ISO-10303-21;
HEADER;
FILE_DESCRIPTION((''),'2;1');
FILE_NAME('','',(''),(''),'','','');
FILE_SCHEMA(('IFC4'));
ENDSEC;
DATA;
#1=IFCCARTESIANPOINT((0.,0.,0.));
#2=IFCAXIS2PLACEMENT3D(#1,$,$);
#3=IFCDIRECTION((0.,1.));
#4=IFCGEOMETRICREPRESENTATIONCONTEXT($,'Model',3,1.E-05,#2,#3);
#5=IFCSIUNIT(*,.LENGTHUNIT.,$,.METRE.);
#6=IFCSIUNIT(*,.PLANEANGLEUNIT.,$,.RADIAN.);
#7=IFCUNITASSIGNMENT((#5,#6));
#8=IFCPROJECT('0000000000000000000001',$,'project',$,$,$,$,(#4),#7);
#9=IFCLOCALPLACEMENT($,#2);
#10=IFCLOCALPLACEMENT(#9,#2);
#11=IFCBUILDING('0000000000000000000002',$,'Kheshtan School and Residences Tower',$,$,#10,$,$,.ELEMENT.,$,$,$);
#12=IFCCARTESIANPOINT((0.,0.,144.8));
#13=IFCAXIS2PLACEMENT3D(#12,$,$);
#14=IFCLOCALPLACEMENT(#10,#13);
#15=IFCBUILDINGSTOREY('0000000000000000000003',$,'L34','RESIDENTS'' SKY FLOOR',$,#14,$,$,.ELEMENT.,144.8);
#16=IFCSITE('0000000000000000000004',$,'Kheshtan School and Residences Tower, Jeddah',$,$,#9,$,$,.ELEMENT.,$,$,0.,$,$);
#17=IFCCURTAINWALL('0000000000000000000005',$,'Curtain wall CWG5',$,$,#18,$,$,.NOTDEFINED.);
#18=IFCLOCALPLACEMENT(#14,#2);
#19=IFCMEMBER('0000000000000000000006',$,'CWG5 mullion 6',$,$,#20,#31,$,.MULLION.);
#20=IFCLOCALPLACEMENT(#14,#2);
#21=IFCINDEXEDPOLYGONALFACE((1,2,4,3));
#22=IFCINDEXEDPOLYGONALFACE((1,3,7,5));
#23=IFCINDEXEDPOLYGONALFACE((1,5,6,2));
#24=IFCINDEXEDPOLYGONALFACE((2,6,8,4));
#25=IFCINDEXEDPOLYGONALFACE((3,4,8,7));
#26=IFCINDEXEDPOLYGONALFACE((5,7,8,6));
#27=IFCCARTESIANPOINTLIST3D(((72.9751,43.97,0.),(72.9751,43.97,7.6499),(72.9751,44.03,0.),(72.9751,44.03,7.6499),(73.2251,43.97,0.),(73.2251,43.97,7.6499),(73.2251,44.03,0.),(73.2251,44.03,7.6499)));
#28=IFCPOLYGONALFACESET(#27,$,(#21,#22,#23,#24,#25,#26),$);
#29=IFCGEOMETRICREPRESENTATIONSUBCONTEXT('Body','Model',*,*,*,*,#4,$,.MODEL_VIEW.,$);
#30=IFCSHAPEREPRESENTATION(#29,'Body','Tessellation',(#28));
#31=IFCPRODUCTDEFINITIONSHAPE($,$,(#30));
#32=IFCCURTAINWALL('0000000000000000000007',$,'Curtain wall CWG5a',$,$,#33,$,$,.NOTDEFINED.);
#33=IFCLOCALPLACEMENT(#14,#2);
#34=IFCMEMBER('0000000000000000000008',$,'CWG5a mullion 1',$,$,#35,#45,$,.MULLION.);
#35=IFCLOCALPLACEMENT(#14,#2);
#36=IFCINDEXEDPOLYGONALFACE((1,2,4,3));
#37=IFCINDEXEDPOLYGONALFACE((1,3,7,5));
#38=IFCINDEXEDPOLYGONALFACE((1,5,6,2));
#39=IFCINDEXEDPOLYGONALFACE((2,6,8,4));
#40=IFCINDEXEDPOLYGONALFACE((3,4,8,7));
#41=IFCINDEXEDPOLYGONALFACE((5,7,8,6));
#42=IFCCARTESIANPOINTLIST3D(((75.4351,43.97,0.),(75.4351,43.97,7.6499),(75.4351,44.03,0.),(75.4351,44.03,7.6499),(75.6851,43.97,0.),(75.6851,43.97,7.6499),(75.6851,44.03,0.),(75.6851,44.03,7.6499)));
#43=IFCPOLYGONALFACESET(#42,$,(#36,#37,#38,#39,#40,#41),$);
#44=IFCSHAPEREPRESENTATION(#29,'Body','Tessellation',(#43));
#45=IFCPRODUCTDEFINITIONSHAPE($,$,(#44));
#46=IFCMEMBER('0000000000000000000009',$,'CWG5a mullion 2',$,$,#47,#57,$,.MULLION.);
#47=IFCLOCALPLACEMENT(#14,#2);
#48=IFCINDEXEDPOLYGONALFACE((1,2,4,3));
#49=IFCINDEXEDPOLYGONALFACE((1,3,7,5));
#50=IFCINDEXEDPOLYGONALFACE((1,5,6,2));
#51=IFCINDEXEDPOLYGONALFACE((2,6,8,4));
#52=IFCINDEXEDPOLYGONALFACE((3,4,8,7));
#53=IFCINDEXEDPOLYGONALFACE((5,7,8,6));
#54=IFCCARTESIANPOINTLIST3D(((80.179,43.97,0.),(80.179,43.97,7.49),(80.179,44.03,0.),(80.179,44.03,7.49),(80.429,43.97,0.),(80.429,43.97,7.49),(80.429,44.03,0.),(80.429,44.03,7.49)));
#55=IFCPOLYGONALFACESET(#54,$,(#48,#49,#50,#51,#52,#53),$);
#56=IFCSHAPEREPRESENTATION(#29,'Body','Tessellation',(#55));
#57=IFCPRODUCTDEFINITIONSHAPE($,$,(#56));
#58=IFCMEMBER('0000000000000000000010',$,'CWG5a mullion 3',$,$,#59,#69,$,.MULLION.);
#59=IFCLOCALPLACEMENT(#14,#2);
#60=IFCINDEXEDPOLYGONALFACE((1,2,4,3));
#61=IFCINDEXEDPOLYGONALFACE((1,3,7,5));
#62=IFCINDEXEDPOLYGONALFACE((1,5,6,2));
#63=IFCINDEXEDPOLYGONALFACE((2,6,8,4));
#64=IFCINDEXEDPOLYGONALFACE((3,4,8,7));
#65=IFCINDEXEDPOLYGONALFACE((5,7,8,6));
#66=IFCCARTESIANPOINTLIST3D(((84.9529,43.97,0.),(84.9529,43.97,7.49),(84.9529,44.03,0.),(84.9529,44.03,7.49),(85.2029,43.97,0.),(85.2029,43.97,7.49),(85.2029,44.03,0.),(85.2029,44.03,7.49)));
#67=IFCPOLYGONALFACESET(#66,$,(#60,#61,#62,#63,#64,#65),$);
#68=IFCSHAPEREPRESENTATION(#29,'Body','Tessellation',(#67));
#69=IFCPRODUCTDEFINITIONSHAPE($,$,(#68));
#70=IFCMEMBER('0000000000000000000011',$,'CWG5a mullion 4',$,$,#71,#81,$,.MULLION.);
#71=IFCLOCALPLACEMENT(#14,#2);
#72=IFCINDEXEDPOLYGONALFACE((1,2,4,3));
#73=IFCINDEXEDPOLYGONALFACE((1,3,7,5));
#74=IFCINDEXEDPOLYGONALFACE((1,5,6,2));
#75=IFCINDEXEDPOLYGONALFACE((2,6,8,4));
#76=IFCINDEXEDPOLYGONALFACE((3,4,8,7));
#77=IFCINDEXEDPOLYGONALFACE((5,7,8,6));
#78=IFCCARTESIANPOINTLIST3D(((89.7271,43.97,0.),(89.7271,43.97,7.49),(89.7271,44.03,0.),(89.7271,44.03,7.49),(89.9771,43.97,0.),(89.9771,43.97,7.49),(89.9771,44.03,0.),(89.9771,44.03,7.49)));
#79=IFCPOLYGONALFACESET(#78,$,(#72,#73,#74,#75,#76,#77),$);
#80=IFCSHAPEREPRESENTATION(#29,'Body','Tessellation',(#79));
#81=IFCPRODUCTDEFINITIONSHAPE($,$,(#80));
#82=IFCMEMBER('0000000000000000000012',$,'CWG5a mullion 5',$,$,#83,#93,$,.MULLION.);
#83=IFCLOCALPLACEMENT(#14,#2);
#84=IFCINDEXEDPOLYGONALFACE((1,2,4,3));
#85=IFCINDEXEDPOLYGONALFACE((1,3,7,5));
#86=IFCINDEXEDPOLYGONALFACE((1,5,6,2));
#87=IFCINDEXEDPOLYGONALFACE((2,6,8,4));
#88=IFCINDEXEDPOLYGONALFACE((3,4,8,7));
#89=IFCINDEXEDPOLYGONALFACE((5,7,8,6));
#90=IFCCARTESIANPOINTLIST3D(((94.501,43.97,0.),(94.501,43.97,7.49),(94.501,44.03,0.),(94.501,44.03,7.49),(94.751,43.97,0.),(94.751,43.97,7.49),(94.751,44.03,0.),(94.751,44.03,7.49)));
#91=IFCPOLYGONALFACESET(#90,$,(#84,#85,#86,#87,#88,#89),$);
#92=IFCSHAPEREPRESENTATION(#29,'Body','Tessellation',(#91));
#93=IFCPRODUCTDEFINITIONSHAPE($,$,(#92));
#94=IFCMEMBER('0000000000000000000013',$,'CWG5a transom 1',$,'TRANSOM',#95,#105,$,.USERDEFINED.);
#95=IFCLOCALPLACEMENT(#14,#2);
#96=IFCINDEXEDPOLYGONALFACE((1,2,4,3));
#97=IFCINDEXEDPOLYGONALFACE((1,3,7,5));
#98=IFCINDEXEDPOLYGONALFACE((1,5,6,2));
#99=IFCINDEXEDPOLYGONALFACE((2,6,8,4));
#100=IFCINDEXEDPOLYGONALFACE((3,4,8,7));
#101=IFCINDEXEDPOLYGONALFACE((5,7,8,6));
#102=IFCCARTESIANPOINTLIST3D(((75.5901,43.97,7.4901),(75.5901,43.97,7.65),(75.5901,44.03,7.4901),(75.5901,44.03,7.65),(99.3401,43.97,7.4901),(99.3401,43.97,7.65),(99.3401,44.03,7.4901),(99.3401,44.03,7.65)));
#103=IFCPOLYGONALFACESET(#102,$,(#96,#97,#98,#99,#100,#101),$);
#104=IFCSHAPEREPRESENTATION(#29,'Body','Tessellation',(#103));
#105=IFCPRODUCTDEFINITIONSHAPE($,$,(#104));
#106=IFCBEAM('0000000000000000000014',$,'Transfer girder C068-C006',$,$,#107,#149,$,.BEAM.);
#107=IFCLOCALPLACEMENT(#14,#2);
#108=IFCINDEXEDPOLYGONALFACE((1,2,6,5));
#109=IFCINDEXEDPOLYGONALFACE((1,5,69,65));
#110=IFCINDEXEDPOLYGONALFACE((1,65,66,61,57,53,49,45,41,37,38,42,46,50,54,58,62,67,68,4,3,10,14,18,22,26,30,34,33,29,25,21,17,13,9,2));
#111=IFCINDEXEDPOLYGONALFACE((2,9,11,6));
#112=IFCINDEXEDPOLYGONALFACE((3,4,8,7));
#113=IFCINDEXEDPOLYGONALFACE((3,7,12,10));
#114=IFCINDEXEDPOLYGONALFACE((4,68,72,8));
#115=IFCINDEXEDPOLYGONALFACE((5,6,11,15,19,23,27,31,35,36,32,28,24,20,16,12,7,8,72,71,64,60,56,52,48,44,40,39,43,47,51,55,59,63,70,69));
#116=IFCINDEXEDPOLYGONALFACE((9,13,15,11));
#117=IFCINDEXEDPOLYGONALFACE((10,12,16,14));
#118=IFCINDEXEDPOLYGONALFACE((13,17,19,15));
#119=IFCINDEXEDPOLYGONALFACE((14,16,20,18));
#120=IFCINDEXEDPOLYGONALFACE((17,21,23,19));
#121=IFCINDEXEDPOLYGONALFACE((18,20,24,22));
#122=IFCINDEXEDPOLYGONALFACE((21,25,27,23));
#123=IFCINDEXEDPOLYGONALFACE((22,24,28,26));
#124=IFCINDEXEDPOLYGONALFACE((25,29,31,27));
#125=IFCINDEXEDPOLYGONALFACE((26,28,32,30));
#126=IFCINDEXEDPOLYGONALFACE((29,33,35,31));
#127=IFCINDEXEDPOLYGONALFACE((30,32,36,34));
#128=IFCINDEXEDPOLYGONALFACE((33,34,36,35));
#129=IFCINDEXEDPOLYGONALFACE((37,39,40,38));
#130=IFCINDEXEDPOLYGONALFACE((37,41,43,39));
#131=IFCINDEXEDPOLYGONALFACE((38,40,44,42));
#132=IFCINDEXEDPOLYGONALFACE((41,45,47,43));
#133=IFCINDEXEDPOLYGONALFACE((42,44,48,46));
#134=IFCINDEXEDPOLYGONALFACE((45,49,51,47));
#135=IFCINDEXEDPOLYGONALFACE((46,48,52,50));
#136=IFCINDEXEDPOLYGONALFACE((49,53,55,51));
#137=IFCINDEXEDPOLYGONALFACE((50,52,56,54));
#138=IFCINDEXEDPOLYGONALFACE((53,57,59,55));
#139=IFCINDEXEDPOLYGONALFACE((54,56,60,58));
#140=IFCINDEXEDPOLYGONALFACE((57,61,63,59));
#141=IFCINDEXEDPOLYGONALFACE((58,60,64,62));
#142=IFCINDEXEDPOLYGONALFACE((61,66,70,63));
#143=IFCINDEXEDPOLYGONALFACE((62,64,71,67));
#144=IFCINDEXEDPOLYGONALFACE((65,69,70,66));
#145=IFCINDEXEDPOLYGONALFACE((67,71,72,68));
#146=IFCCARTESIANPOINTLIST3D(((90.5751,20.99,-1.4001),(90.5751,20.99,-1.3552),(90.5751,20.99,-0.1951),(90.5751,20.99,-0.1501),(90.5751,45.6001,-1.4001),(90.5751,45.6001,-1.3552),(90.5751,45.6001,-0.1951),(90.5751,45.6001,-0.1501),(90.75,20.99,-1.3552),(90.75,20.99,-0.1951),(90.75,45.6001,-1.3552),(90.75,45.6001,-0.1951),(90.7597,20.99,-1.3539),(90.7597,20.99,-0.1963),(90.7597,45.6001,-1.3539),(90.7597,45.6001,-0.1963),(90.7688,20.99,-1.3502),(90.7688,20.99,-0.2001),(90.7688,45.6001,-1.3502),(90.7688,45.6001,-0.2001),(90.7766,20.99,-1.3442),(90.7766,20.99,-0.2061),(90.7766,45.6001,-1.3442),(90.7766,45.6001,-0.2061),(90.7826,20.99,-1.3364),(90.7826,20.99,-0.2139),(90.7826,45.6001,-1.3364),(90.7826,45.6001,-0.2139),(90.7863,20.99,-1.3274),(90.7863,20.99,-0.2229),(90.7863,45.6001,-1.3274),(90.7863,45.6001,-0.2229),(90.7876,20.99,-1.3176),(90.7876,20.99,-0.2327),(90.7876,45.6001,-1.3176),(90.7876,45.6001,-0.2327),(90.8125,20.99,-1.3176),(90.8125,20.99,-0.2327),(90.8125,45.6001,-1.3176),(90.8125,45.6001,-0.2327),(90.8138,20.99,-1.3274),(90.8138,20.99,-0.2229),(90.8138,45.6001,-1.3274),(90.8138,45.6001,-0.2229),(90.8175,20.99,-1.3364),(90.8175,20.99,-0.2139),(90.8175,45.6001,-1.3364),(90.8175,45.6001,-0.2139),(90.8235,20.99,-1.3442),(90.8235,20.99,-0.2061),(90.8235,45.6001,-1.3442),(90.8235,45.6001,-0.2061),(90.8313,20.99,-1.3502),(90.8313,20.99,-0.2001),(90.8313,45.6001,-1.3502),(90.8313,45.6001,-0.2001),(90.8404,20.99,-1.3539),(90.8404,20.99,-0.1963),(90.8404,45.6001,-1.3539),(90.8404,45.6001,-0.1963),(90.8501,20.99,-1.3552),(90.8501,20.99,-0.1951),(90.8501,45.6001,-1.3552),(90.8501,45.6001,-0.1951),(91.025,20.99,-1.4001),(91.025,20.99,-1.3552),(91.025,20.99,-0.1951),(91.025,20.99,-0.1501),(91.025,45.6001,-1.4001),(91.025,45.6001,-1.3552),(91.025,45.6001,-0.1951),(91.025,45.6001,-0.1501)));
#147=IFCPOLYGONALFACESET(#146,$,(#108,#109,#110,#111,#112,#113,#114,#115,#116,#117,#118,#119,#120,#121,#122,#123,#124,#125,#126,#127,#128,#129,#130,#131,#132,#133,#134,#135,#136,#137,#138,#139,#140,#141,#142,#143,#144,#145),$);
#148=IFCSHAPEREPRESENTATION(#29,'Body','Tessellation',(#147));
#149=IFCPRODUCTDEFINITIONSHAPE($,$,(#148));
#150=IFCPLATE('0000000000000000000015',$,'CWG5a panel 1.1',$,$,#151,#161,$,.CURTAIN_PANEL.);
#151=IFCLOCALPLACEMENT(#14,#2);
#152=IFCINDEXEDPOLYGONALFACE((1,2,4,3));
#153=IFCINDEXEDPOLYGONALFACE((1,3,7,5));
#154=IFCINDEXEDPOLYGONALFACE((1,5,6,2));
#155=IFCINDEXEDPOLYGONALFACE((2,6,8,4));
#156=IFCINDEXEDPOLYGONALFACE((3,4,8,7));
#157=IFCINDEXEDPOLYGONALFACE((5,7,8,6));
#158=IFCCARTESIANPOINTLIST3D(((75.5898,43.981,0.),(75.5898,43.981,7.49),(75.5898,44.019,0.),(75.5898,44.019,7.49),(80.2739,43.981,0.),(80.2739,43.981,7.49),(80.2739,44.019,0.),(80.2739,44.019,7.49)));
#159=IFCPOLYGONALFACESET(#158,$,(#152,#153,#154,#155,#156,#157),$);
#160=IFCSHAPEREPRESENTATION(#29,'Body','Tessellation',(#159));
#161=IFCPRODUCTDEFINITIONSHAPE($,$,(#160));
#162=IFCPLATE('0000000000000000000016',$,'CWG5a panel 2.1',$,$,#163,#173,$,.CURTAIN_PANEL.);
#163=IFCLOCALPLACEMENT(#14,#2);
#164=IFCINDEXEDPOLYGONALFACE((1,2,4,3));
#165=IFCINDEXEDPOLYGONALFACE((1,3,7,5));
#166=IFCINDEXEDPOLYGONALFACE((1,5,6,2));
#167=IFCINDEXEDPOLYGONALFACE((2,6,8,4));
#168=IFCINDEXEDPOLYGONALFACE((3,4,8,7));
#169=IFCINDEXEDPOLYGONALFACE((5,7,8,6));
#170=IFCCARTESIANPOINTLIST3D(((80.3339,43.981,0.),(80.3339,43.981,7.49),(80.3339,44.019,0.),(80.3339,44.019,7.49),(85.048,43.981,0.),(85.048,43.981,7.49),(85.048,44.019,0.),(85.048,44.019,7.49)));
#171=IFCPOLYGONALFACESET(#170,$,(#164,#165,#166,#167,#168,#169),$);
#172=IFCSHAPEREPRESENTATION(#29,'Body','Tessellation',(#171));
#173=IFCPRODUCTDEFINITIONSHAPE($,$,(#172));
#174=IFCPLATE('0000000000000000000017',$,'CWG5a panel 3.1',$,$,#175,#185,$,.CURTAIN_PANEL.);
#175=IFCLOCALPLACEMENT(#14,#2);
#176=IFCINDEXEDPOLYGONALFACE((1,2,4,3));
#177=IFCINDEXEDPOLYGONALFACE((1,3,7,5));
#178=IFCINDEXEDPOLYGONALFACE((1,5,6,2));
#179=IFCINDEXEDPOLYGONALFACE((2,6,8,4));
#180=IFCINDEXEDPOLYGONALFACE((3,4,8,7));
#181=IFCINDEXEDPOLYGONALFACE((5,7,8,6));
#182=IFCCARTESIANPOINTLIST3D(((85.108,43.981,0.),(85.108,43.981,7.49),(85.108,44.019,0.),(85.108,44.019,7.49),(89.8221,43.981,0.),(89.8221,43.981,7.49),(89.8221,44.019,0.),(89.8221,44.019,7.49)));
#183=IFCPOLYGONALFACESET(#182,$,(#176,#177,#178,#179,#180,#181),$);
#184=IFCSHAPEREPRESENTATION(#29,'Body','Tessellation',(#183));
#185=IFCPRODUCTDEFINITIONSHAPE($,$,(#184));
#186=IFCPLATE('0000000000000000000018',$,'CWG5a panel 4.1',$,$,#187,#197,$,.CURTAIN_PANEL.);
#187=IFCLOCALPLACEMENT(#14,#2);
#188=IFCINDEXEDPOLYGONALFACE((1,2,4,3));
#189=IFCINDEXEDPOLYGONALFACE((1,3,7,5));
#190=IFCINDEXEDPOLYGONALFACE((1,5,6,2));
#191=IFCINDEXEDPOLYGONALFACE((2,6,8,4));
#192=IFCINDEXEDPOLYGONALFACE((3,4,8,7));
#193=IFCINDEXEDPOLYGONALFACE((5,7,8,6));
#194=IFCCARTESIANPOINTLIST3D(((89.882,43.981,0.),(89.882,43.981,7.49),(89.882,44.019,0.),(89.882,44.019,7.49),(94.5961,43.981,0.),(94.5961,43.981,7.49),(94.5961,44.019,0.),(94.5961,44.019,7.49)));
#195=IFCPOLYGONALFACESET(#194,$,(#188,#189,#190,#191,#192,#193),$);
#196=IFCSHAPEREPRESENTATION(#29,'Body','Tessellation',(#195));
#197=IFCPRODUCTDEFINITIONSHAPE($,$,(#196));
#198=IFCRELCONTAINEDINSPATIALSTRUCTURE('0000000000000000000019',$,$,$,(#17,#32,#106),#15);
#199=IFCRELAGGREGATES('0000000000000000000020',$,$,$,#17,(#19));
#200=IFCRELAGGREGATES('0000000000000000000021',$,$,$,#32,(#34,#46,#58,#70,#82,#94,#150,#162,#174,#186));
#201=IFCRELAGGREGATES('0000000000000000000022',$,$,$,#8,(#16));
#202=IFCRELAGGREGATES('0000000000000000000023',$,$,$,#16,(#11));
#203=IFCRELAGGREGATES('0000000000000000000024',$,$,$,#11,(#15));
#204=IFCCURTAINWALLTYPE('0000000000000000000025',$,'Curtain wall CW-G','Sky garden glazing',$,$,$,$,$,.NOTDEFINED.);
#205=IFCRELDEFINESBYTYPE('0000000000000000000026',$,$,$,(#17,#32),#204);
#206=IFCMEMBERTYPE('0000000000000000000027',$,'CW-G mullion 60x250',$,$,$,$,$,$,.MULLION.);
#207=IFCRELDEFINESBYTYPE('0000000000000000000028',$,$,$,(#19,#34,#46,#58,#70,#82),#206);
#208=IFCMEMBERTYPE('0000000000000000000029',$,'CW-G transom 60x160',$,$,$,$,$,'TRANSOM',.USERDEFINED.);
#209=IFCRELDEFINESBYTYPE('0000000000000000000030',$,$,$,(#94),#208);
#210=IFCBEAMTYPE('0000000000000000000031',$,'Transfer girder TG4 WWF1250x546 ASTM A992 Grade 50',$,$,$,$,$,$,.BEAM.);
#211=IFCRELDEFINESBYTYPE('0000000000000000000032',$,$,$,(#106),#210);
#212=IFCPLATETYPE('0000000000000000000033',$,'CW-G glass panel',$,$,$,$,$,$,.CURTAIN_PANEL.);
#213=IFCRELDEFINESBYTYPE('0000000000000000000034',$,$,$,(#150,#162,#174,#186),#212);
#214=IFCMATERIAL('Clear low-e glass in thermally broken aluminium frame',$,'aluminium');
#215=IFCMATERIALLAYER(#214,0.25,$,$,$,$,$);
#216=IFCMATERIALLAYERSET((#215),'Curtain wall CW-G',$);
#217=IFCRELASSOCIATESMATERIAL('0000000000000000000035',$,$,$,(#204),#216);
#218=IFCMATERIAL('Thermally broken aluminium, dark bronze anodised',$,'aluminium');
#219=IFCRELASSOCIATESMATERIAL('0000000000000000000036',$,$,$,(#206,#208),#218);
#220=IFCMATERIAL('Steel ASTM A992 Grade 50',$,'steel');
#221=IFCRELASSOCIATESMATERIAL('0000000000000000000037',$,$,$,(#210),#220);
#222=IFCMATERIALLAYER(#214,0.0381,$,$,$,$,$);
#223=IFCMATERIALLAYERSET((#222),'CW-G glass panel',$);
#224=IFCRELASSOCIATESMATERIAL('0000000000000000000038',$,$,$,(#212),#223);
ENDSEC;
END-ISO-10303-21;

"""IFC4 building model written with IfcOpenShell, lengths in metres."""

from ifc_helpers import new_model, si_unit, direction, frame, origin, origin_2d, place, context, subcontext, project, spatial, rectangle, i_section, extrude, material, layer, layer_set, material_profile, profile_set, type_object, element, aggregate, save


model = new_model("IFC4")

# Units and contexts
model_context = context("Model", 3, precision=1e-05, world=origin(), true_north=direction((0.0, 1.0)))
body_context = subcontext(model_context, "Body", "Model", "MODEL_VIEW")
ifc_project = project(units=[si_unit("LENGTHUNIT", "METRE"), si_unit("PLANEANGLEUNIT", "RADIAN")], contexts=[model_context])

# Site, building, storey
site_placement = place(None, origin())
site = spatial("IfcSite", under=ifc_project, at=site_placement, Name="Kheshtan School and Residences Tower, Jeddah", CompositionType="ELEMENT", RefElevation=0.0)
building_placement = place(site_placement, origin())
building = spatial("IfcBuilding", under=site, at=building_placement, Name="Kheshtan School and Residences Tower", CompositionType="ELEMENT")
storey_placement = place(building_placement, frame((0.0, 0.0, 144.8)))
storey = spatial("IfcBuildingStorey", under=building, at=storey_placement, Name="L34", Description="RESIDENTS' SKY FLOOR", CompositionType="ELEMENT", Elevation=144.8)

# Shared definitions
ifc_material_1 = material(Name="Steel ASTM A992 Grade 50", Category="steel")

# Curtain wall, member
ifc_material_2 = material(Name="Clear low-e glass in thermally broken aluminium frame", Category="aluminium")
ifc_layer_1 = layer(ifc_material_2, 0.25)
ifc_layer_set_1 = layer_set([ifc_layer_1], Name="Curtain wall CW-G")
curtain_wall_type = type_object("IfcCurtainWallType", Name="Curtain wall CW-G", Description="Sky garden glazing", PredefinedType="NOTDEFINED", material=ifc_layer_set_1)
curtain_wall_1_placement = place(storey_placement, origin())
curtain_wall_1 = element("IfcCurtainWall", 1, at=curtain_wall_1_placement, inside=storey, type_object=curtain_wall_type, Name="Curtain wall CWG5", PredefinedType="NOTDEFINED")
ifc_material_3 = material(Name="Thermally broken aluminium, dark bronze anodised", Category="aluminium")
ifc_material_profile_1 = material_profile(ifc_material_3, rectangle(XDim=0.0601, YDim=0.25, at=origin_2d()), Name="CW-G mullion 60x250")
ifc_profile_set_1 = profile_set([ifc_material_profile_1], Name="Thermally broken aluminium, dark bronze anodised")
member_type_1 = type_object("IfcMemberType", Name="CW-G mullion 60x250", PredefinedType="MULLION", material=ifc_profile_set_1)
member_1_placement = place(storey_placement, frame((73.1001, 44.0, 0.0), z_axis=(0.0, 0.0, 1.0), x_axis=(0.0, 1.0, 0.0)))
member_1 = element("IfcMember", 2, at=member_1_placement, type_object=member_type_1, Name="CWG5 mullion 6", PredefinedType="MULLION", context=body_context, shape_type="SweptSolid", body=[
    extrude(rectangle(XDim=0.0601, YDim=0.25, at=origin_2d()), origin(), (0.0, 0.0, 1.0), 7.6499),
])
aggregate(curtain_wall_1, [member_1])

# Curtain wall, members
curtain_wall_2_placement = place(storey_placement, origin())
curtain_wall_2 = element("IfcCurtainWall", 3, at=curtain_wall_2_placement, inside=storey, type_object=curtain_wall_type, Name="Curtain wall CWG5a", PredefinedType="NOTDEFINED")
member_2_placement = place(storey_placement, frame((75.5601, 44.0, 0.0), z_axis=(0.0, 0.0, 1.0), x_axis=(0.0, 1.0, 0.0)))
member_2 = element("IfcMember", 4, at=member_2_placement, type_object=member_type_1, Name="CWG5a mullion 1", PredefinedType="MULLION", context=body_context, shape_type="SweptSolid", body=[
    extrude(rectangle(XDim=0.0601, YDim=0.25, at=origin_2d()), origin(), (0.0, 0.0, 1.0), 7.6499),
])
member_3_placement = place(storey_placement, frame((80.304, 44.0, 0.0), z_axis=(0.0, 0.0, 1.0), x_axis=(0.0, 1.0, 0.0)))
member_3 = element("IfcMember", 5, at=member_3_placement, type_object=member_type_1, Name="CWG5a mullion 2", PredefinedType="MULLION", context=body_context, shape_type="SweptSolid", body=[
    extrude(rectangle(XDim=0.0601, YDim=0.25, at=origin_2d()), origin(), (0.0, 0.0, 1.0), 7.49),
])
member_4_placement = place(storey_placement, frame((85.0779, 44.0, 0.0), z_axis=(0.0, 0.0, 1.0), x_axis=(0.0, 1.0, 0.0)))
member_4 = element("IfcMember", 6, at=member_4_placement, type_object=member_type_1, Name="CWG5a mullion 3", PredefinedType="MULLION", context=body_context, shape_type="SweptSolid", body=[
    extrude(rectangle(XDim=0.0601, YDim=0.25, at=origin_2d()), origin(), (0.0, 0.0, 1.0), 7.49),
])
member_5_placement = place(storey_placement, frame((89.8521, 44.0, 0.0), z_axis=(0.0, 0.0, 1.0), x_axis=(0.0, 1.0, 0.0)))
member_5 = element("IfcMember", 7, at=member_5_placement, type_object=member_type_1, Name="CWG5a mullion 4", PredefinedType="MULLION", context=body_context, shape_type="SweptSolid", body=[
    extrude(rectangle(XDim=0.0601, YDim=0.25, at=origin_2d()), origin(), (0.0, 0.0, 1.0), 7.49),
])
member_6_placement = place(storey_placement, frame((94.626, 44.0, 0.0), z_axis=(0.0, 0.0, 1.0), x_axis=(0.0, 1.0, 0.0)))
member_6 = element("IfcMember", 8, at=member_6_placement, type_object=member_type_1, Name="CWG5a mullion 5", PredefinedType="MULLION", context=body_context, shape_type="SweptSolid", body=[
    extrude(rectangle(XDim=0.0601, YDim=0.25, at=origin_2d()), origin(), (0.0, 0.0, 1.0), 7.49),
])
ifc_material_profile_2 = material_profile(ifc_material_3, rectangle(XDim=0.0601, YDim=0.1599, at=origin_2d()), Name="CW-G transom 60x160")
ifc_profile_set_2 = profile_set([ifc_material_profile_2], Name="Thermally broken aluminium, dark bronze anodised")
member_type_2 = type_object("IfcMemberType", Name="CW-G transom 60x160", ElementType="TRANSOM", PredefinedType="USERDEFINED", material=ifc_profile_set_2)
member_7_placement = place(storey_placement, frame((75.5901, 44.0, 7.5701), z_axis=(1.0, 0.0, 0.0), x_axis=(0.0, 1.0, 0.0)))
member_7 = element("IfcMember", 9, at=member_7_placement, type_object=member_type_2, Name="CWG5a transom 1", ObjectType="TRANSOM", PredefinedType="USERDEFINED", context=body_context, shape_type="SweptSolid", body=[
    extrude(rectangle(XDim=0.0601, YDim=0.1599, at=origin_2d()), origin(), (0.0, 0.0, 1.0), 23.75),
])

# Beam
ifc_material_profile_3 = material_profile(ifc_material_1, i_section(OverallWidth=0.45, OverallDepth=1.25, WebThickness=0.0249, FlangeThickness=0.0449, FilletRadius=0.0376, at=origin_2d()), Name="WWF1250x546")
ifc_profile_set_3 = profile_set([ifc_material_profile_3], Name="Steel ASTM A992 Grade 50")
beam_type_1 = type_object("IfcBeamType", Name="Transfer girder TG4 WWF1250x546 ASTM A992 Grade 50", PredefinedType="BEAM", material=ifc_profile_set_3)
beam_1_placement = place(storey_placement, frame((90.8, 45.6001, -0.7751), z_axis=(0.0, -1.0, 0.0), x_axis=(1.0, 0.0, 0.0)))
element("IfcBeam", 10, at=beam_1_placement, inside=storey, type_object=beam_type_1, Name="Transfer girder C068-C006", PredefinedType="BEAM", context=body_context, shape_type="SweptSolid", body=[
    extrude(i_section(OverallWidth=0.45, OverallDepth=1.25, WebThickness=0.0249, FlangeThickness=0.0449, FilletRadius=0.0376, at=origin_2d()), origin(), (0.0, 0.0, 1.0), 24.6101),
])

# Plates
ifc_layer_2 = layer(ifc_material_2, 0.0381)
ifc_layer_set_2 = layer_set([ifc_layer_2], Name="CW-G glass panel")
plate_type = type_object("IfcPlateType", Name="CW-G glass panel", PredefinedType="CURTAIN_PANEL", material=ifc_layer_set_2)
plate_1_placement = place(storey_placement, frame((77.9319, 44.0, 0.0), z_axis=(0.0, 0.0, 1.0), x_axis=(1.0, 0.0, 0.0)))
plate_1 = element("IfcPlate", 11, at=plate_1_placement, type_object=plate_type, Name="CWG5a panel 1.1", PredefinedType="CURTAIN_PANEL", context=body_context, shape_type="SweptSolid", body=[
    extrude(rectangle(XDim=4.6841, YDim=0.0381, at=origin_2d()), origin(), (0.0, 0.0, 1.0), 7.49),
])
plate_2_placement = place(storey_placement, frame((82.6909, 44.0, 0.0), z_axis=(0.0, 0.0, 1.0), x_axis=(1.0, 0.0, 0.0)))
plate_2 = element("IfcPlate", 12, at=plate_2_placement, type_object=plate_type, Name="CWG5a panel 2.1", PredefinedType="CURTAIN_PANEL", context=body_context, shape_type="SweptSolid", body=[
    extrude(rectangle(XDim=4.7141, YDim=0.0381, at=origin_2d()), origin(), (0.0, 0.0, 1.0), 7.49),
])
plate_3_placement = place(storey_placement, frame((87.4651, 44.0, 0.0), z_axis=(0.0, 0.0, 1.0), x_axis=(1.0, 0.0, 0.0)))
plate_3 = element("IfcPlate", 13, at=plate_3_placement, type_object=plate_type, Name="CWG5a panel 3.1", PredefinedType="CURTAIN_PANEL", context=body_context, shape_type="SweptSolid", body=[
    extrude(rectangle(XDim=4.7141, YDim=0.0381, at=origin_2d()), origin(), (0.0, 0.0, 1.0), 7.49),
])
plate_4_placement = place(storey_placement, frame((92.239, 44.0, 0.0), z_axis=(0.0, 0.0, 1.0), x_axis=(1.0, 0.0, 0.0)))
plate_4 = element("IfcPlate", 14, at=plate_4_placement, type_object=plate_type, Name="CWG5a panel 4.1", PredefinedType="CURTAIN_PANEL", context=body_context, shape_type="SweptSolid", body=[
    extrude(rectangle(XDim=4.7141, YDim=0.0381, at=origin_2d()), origin(), (0.0, 0.0, 1.0), 7.49),
])
aggregate(curtain_wall_2, [member_2, member_3, member_4, member_5, member_6, member_7, plate_1, plate_2, plate_3, plate_4])

save(model, "model.ifc")
